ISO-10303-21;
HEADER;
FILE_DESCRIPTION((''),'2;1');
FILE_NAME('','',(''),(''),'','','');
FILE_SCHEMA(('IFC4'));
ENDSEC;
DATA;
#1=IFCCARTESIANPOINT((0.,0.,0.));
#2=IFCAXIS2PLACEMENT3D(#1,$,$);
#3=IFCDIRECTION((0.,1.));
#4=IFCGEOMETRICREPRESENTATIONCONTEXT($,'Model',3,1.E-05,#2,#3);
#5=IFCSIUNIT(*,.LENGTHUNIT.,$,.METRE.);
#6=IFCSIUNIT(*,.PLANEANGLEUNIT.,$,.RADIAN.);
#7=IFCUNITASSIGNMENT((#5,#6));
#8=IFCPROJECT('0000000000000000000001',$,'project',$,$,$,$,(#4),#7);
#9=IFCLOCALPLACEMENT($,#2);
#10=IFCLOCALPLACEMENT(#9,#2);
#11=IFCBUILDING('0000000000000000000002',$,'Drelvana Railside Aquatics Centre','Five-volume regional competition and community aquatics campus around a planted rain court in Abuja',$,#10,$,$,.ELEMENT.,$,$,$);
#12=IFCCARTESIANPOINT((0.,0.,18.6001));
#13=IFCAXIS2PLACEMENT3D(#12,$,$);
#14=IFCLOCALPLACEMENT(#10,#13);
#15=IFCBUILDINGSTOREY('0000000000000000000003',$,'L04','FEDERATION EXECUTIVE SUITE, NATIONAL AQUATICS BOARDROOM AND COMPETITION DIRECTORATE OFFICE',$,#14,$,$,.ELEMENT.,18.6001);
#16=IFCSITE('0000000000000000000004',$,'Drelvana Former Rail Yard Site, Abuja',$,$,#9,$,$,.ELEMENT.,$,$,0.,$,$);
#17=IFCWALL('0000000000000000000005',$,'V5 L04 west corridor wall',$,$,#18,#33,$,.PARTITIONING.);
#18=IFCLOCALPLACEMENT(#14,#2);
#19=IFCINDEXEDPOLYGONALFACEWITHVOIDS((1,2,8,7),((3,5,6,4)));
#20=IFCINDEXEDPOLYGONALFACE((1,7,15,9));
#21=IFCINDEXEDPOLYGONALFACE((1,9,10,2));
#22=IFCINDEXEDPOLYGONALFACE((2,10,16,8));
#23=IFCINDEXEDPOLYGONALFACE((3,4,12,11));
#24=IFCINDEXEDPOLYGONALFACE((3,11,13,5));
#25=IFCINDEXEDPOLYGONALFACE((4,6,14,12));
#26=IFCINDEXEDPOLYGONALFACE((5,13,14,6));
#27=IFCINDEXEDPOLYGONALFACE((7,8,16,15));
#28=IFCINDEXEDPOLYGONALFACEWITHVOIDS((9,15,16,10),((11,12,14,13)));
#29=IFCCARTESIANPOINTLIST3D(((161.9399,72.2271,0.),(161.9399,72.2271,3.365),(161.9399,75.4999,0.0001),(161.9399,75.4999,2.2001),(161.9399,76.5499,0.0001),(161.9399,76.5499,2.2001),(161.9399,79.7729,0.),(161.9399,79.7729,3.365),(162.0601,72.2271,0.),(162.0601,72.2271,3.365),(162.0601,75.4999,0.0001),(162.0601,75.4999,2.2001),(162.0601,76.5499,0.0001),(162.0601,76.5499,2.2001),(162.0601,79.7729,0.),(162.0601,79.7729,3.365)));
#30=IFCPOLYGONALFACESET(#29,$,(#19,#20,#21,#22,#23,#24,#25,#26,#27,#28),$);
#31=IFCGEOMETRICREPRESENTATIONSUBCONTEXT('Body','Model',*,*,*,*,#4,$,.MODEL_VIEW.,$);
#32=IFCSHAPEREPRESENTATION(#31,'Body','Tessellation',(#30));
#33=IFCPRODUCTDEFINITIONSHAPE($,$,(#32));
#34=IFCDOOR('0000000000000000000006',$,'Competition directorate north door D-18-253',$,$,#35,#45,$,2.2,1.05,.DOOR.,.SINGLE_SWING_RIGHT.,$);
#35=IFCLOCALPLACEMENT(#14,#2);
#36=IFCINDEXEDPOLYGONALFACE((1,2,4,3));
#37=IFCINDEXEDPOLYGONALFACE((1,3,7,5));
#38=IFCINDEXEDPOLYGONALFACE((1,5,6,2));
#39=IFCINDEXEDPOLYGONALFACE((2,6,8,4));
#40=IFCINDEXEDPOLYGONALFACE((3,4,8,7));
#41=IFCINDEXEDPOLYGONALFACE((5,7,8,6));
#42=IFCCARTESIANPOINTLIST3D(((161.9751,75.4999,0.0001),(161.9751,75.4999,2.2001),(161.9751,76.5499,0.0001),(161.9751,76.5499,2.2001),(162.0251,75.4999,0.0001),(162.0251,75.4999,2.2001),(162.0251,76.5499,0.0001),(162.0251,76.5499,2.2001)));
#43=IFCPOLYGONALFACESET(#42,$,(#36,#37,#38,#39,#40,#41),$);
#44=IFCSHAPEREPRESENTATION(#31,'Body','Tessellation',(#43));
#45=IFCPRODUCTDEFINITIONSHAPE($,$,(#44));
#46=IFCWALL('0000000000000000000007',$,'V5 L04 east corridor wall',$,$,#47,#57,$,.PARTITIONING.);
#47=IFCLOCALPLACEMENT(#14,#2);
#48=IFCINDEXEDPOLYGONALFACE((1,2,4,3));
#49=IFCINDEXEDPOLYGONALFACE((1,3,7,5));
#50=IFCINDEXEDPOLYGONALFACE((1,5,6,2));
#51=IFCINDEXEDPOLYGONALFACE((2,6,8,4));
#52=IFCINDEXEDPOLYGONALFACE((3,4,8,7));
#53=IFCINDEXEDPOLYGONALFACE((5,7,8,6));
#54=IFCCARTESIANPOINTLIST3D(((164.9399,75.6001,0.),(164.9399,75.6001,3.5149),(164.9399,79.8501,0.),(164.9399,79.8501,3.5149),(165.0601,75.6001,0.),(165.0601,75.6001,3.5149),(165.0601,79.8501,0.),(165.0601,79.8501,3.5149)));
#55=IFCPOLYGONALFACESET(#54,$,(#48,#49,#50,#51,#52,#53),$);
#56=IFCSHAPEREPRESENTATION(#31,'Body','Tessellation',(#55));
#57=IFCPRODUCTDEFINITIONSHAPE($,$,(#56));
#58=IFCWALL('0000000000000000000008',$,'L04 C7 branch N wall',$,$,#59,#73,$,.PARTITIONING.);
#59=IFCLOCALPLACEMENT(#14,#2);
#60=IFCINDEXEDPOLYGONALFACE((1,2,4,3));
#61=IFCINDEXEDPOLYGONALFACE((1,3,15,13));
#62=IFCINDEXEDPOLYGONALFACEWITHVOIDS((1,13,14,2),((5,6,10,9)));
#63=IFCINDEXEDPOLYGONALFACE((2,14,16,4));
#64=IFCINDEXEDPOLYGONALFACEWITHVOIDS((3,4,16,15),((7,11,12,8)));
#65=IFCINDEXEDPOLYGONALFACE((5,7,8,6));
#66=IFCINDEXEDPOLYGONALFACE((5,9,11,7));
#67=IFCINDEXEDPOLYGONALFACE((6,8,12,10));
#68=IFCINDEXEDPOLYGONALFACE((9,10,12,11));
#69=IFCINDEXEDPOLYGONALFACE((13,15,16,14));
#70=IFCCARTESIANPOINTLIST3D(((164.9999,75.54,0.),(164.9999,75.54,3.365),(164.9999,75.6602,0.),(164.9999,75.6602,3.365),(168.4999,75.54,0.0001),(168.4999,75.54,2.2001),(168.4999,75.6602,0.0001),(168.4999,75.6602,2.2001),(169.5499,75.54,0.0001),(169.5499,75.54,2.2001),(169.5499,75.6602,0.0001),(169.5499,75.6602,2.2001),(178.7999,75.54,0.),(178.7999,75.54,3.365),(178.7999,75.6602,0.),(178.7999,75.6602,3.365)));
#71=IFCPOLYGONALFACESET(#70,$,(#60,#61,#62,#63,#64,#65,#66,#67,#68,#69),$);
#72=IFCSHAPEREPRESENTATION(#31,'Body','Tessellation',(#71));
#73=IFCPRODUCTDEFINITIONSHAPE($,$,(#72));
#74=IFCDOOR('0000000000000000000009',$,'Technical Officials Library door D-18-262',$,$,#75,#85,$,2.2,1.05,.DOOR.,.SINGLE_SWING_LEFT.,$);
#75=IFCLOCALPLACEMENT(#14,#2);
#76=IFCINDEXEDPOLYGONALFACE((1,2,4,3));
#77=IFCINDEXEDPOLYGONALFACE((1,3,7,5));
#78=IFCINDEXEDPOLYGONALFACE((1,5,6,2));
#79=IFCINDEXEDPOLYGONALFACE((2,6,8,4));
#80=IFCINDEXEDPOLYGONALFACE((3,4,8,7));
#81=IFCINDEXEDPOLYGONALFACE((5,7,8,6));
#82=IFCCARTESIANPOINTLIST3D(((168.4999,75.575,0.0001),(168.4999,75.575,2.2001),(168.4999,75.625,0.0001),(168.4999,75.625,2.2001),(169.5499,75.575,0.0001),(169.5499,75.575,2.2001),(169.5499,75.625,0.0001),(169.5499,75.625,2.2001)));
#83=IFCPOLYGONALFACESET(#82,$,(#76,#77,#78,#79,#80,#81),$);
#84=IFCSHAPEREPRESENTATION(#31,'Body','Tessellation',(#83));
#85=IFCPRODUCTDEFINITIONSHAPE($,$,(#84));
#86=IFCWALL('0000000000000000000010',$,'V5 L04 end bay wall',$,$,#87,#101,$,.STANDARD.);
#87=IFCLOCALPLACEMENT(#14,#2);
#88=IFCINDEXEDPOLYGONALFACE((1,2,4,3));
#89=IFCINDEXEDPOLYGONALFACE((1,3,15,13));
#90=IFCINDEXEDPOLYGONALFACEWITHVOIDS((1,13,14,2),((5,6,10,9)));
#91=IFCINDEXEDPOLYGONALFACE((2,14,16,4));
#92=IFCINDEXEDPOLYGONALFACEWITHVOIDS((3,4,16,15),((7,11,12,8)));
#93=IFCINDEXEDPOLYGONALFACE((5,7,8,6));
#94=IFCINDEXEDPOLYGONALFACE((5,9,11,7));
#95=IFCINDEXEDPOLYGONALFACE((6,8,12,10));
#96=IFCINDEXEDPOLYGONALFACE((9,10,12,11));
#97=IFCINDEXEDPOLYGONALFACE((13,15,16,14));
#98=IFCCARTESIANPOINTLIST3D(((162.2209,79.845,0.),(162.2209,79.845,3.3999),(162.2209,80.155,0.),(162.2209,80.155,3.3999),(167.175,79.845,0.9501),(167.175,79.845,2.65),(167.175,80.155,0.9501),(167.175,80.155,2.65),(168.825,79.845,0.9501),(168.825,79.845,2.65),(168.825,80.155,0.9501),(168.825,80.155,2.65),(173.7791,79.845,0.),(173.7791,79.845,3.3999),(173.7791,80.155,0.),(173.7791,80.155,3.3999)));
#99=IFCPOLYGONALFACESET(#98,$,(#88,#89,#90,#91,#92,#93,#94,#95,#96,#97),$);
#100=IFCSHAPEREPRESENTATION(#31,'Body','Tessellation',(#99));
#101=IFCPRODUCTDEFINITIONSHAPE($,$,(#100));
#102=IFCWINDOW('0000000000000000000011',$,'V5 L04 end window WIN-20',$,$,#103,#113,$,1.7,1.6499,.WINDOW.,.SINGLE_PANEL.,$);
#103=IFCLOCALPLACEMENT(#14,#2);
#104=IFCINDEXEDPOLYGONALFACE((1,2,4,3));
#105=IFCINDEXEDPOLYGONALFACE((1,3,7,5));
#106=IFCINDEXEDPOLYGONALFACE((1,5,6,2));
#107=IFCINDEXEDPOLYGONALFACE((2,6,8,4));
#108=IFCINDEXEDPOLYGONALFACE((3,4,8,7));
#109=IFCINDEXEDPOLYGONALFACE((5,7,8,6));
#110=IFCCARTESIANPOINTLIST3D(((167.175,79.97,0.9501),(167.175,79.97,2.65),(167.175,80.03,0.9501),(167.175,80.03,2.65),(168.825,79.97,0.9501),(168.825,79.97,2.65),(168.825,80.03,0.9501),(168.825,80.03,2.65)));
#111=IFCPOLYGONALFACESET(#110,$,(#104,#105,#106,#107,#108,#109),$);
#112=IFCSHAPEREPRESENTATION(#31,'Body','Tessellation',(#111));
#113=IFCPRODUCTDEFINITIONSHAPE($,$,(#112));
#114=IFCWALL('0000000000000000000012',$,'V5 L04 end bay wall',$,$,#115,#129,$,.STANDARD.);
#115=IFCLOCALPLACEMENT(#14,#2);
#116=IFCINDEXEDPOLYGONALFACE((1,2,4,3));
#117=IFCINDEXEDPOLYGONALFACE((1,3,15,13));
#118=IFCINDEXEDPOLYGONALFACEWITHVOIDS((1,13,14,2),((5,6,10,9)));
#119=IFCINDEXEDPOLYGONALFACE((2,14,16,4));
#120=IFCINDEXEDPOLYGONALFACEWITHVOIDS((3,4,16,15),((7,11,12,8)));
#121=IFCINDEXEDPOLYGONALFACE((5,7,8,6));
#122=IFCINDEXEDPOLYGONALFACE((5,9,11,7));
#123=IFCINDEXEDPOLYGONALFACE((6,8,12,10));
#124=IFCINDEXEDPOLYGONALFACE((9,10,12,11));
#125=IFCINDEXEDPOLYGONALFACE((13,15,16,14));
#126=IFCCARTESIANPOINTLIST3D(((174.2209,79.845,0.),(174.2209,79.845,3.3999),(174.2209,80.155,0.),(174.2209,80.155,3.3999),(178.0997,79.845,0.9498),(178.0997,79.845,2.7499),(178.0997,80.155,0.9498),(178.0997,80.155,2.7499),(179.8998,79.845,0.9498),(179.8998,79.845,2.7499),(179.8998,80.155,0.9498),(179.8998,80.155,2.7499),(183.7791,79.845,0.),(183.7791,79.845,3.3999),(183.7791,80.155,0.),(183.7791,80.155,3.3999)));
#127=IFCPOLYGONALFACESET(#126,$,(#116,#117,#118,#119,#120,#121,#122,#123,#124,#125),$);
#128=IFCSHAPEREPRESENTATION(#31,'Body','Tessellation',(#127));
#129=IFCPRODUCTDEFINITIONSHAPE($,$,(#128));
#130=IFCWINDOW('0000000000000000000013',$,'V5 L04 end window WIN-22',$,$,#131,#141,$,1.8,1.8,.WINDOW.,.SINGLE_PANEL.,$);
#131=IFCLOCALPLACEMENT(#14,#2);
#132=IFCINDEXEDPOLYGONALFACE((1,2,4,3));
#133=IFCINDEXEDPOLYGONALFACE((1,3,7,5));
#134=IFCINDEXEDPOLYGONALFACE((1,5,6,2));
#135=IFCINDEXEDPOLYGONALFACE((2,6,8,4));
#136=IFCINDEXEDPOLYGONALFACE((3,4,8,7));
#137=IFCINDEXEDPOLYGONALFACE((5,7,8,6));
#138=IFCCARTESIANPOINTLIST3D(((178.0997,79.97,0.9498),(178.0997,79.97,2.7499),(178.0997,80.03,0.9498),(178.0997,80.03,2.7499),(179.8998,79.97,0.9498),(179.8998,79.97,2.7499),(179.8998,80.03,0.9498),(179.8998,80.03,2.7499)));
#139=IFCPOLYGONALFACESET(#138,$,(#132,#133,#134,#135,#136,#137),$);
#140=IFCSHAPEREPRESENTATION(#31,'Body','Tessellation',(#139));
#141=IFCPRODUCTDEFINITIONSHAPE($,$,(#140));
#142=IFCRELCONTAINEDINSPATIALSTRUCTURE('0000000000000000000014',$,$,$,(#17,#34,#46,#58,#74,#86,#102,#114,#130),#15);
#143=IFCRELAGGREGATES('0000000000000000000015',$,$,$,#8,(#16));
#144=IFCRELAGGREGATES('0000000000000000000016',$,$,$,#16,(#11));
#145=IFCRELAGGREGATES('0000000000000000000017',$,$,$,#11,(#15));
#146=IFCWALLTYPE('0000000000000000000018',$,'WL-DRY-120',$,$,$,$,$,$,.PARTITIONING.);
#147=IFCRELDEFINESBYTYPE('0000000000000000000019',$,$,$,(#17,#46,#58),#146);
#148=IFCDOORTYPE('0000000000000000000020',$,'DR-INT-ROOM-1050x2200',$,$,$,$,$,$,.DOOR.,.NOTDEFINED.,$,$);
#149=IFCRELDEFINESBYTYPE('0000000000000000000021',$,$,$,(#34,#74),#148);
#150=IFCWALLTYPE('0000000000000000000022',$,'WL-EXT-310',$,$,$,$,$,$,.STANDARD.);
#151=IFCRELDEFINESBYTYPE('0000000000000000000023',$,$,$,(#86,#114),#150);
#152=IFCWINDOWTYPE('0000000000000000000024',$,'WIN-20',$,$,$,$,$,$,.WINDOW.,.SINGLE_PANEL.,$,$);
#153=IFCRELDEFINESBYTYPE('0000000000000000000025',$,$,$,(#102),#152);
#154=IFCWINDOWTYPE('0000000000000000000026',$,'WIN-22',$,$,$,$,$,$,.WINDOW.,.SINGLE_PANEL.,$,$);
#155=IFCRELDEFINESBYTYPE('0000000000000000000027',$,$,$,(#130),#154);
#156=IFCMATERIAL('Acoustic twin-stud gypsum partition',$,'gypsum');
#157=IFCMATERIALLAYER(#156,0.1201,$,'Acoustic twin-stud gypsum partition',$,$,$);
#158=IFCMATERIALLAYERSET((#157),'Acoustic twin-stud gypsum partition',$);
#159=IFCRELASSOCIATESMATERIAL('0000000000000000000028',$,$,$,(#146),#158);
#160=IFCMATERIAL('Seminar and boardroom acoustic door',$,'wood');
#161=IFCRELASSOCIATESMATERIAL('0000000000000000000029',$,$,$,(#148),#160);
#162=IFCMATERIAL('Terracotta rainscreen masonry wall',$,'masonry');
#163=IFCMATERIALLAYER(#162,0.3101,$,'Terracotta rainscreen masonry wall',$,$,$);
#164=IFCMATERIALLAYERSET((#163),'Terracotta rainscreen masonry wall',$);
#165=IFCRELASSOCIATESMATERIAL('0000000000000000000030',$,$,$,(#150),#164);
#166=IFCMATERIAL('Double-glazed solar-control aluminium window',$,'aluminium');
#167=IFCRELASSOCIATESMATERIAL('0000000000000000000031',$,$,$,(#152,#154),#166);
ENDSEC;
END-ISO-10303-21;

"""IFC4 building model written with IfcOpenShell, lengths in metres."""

from ifc_helpers import new_model, si_unit, direction, frame, frame_2d, origin, place, context, subcontext, project, spatial, rectangle, extrude, material, layer, layer_set, type_object, element, fill, save


model = new_model("IFC4")

# Units and contexts
model_context = context("Model", 3, precision=1e-05, world=origin(), true_north=direction((0.0, 1.0)))
body_context = subcontext(model_context, "Body", "Model", "MODEL_VIEW")
ifc_project = project(units=[si_unit("LENGTHUNIT", "METRE"), si_unit("PLANEANGLEUNIT", "RADIAN")], contexts=[model_context])

# Site, building, storey
site_placement = place(None, origin())
site = spatial("IfcSite", under=ifc_project, at=site_placement, Name="Drelvana Former Rail Yard Site, Abuja", CompositionType="ELEMENT", RefElevation=0.0)
building_placement = place(site_placement, origin())
building = spatial("IfcBuilding", under=site, at=building_placement, Name="Drelvana Railside Aquatics Centre", Description="Five-volume regional competition and community aquatics campus around a planted rain court in Abuja", CompositionType="ELEMENT")
storey_placement = place(building_placement, frame((0.0, 0.0, 18.6001)))
storey = spatial("IfcBuildingStorey", under=building, at=storey_placement, Name="L04", Description="FEDERATION EXECUTIVE SUITE, NATIONAL AQUATICS BOARDROOM AND COMPETITION DIRECTORATE OFFICE", CompositionType="ELEMENT", Elevation=18.6001)

# Wall, opening, door
ifc_material_1 = material(Name="Acoustic twin-stud gypsum partition", Category="gypsum")
ifc_layer_1 = layer(ifc_material_1, 0.1201, Name="Acoustic twin-stud gypsum partition")
ifc_layer_set_1 = layer_set([ifc_layer_1], Name="Acoustic twin-stud gypsum partition")
wall_type_1 = type_object("IfcWallType", Name="WL-DRY-120", PredefinedType="PARTITIONING", material=ifc_layer_set_1)
wall_1_placement = place(storey_placement, frame((162.0, 72.2271, 0.0), z_axis=(0.0, 0.0, 1.0), x_axis=(0.0, 1.0, 0.0)))
wall_1 = element("IfcWall", 1, at=wall_1_placement, inside=storey, type_object=wall_type_1, Name="V5 L04 west corridor wall", PredefinedType="PARTITIONING", context=body_context, shape_type="SweptSolid", body=[
    extrude(rectangle(XDim=7.5459, YDim=0.1201, at=frame_2d((3.7729, 0.0))), origin(), (0.0, 0.0, 1.0), 3.365),
])
opening_1_placement = place(wall_1_placement, frame((3.2729, 0.0, 0.0)))
opening_1 = element("IfcOpeningElement", 2, at=opening_1_placement, cuts=wall_1, PredefinedType="OPENING", context=body_context, shape_type="SweptSolid", body=[
    extrude(rectangle(XDim=1.05, YDim=2.2, at=frame_2d((0.5249, 1.1001))), frame((0.0, 0.0701, 0.0), z_axis=(0.0, -1.0, 0.0), x_axis=(1.0, 0.0, 0.0)), (0.0, 0.0, 1.0), 0.1401),
])
ifc_material_2 = material(Name="Seminar and boardroom acoustic door", Category="wood")
door_type = type_object("IfcDoorType", Name="DR-INT-ROOM-1050x2200", OperationType="NOTDEFINED", PredefinedType="DOOR", material=ifc_material_2)
door_1_placement = place(opening_1_placement, origin())
door_1 = element("IfcDoor", 3, at=door_1_placement, inside=storey, type_object=door_type, Name="Competition directorate north door D-18-253", OperationType="SINGLE_SWING_RIGHT", OverallHeight=2.2, OverallWidth=1.05, PredefinedType="DOOR", context=body_context, shape_type="SweptSolid", body=[
    extrude(rectangle(XDim=1.05, YDim=2.2, at=frame_2d((0.5249, 1.1001))), frame((0.0, 0.0249, 0.0), z_axis=(0.0, -1.0, 0.0), x_axis=(1.0, 0.0, 0.0)), (0.0, 0.0, 1.0), 0.05),
])
fill(opening_1, door_1)

# Wall
wall_2_placement = place(storey_placement, frame((165.0, 75.6001, 0.0), z_axis=(0.0, 0.0, 1.0), x_axis=(0.0, 1.0, 0.0)))
element("IfcWall", 4, at=wall_2_placement, inside=storey, type_object=wall_type_1, Name="V5 L04 east corridor wall", PredefinedType="PARTITIONING", context=body_context, shape_type="SweptSolid", body=[
    extrude(rectangle(XDim=4.25, YDim=0.1201, at=frame_2d((2.125, 0.0))), origin(), (0.0, 0.0, 1.0), 3.5149),
])

# Wall, opening, door
wall_3_placement = place(storey_placement, frame((165.0, 75.6001, 0.0), z_axis=(0.0, 0.0, 1.0), x_axis=(1.0, 0.0, 0.0)))
wall_3 = element("IfcWall", 5, at=wall_3_placement, inside=storey, type_object=wall_type_1, Name="L04 C7 branch N wall", PredefinedType="PARTITIONING", context=body_context, shape_type="SweptSolid", body=[
    extrude(rectangle(XDim=13.8, YDim=0.1201, at=frame_2d((6.8999, 0.0))), origin(), (0.0, 0.0, 1.0), 3.365),
])
opening_2_placement = place(wall_3_placement, frame((3.5, 0.0, 0.0)))
opening_2 = element("IfcOpeningElement", 6, at=opening_2_placement, cuts=wall_3, PredefinedType="OPENING", context=body_context, shape_type="SweptSolid", body=[
    extrude(rectangle(XDim=1.05, YDim=2.2, at=frame_2d((0.5249, 1.1001))), frame((0.0, 0.0701, 0.0), z_axis=(0.0, -1.0, 0.0), x_axis=(1.0, 0.0, 0.0)), (0.0, 0.0, 1.0), 0.1401),
])
door_2_placement = place(opening_2_placement, origin())
door_2 = element("IfcDoor", 7, at=door_2_placement, inside=storey, type_object=door_type, Name="Technical Officials Library door D-18-262", OperationType="SINGLE_SWING_LEFT", OverallHeight=2.2, OverallWidth=1.05, PredefinedType="DOOR", context=body_context, shape_type="SweptSolid", body=[
    extrude(rectangle(XDim=1.05, YDim=2.2, at=frame_2d((0.5249, 1.1001))), frame((0.0, 0.0249, 0.0), z_axis=(0.0, -1.0, 0.0), x_axis=(1.0, 0.0, 0.0)), (0.0, 0.0, 1.0), 0.05),
])
fill(opening_2, door_2)

# Walls, openings, windows
ifc_material_3 = material(Name="Terracotta rainscreen masonry wall", Category="masonry")
ifc_layer_2 = layer(ifc_material_3, 0.3101, Name="Terracotta rainscreen masonry wall")
ifc_layer_set_2 = layer_set([ifc_layer_2], Name="Terracotta rainscreen masonry wall")
wall_type_2 = type_object("IfcWallType", Name="WL-EXT-310", PredefinedType="STANDARD", material=ifc_layer_set_2)
wall_4_placement = place(storey_placement, frame((162.2209, 80.0, 0.0), z_axis=(0.0, 0.0, 1.0), x_axis=(1.0, 0.0, 0.0)))
wall_4 = element("IfcWall", 8, at=wall_4_placement, inside=storey, type_object=wall_type_2, Name="V5 L04 end bay wall", PredefinedType="STANDARD", context=body_context, shape_type="SweptSolid", body=[
    extrude(rectangle(XDim=11.5581, YDim=0.3101, at=frame_2d((5.7791, 0.0))), origin(), (0.0, 0.0, 1.0), 3.3999),
])
opening_3_placement = place(wall_4_placement, frame((4.9541, 0.0, 0.95)))
opening_3 = element("IfcOpeningElement", 9, at=opening_3_placement, cuts=wall_4, PredefinedType="OPENING", context=body_context, shape_type="SweptSolid", body=[
    extrude(rectangle(XDim=1.6499, YDim=1.7, at=frame_2d((0.825, 0.8501))), frame((0.0, 0.165, 0.0), z_axis=(0.0, -1.0, 0.0), x_axis=(1.0, 0.0, 0.0)), (0.0, 0.0, 1.0), 0.3301),
])
ifc_material_4 = material(Name="Double-glazed solar-control aluminium window", Category="aluminium")
window_type_1 = type_object("IfcWindowType", Name="WIN-20", PartitioningType="SINGLE_PANEL", PredefinedType="WINDOW", material=ifc_material_4)
window_1_placement = place(opening_3_placement, origin())
window_1 = element("IfcWindow", 10, at=window_1_placement, inside=storey, type_object=window_type_1, Name="V5 L04 end window WIN-20", OverallHeight=1.7, OverallWidth=1.6499, PartitioningType="SINGLE_PANEL", PredefinedType="WINDOW", context=body_context, shape_type="SweptSolid", body=[
    extrude(rectangle(XDim=1.6499, YDim=1.7, at=frame_2d((0.825, 0.8501))), frame((0.0, 0.03, 0.0), z_axis=(0.0, -1.0, 0.0), x_axis=(1.0, 0.0, 0.0)), (0.0, 0.0, 1.0), 0.0601),
])
fill(opening_3, window_1)
wall_5_placement = place(storey_placement, frame((174.2209, 80.0, 0.0), z_axis=(0.0, 0.0, 1.0), x_axis=(1.0, 0.0, 0.0)))
wall_5 = element("IfcWall", 11, at=wall_5_placement, inside=storey, type_object=wall_type_2, Name="V5 L04 end bay wall", PredefinedType="STANDARD", context=body_context, shape_type="SweptSolid", body=[
    extrude(rectangle(XDim=9.5581, YDim=0.3101, at=frame_2d((4.7791, 0.0))), origin(), (0.0, 0.0, 1.0), 3.3999),
])
opening_4_placement = place(wall_5_placement, frame((3.8789, 0.0, 0.95)))
opening_4 = element("IfcOpeningElement", 12, at=opening_4_placement, cuts=wall_5, PredefinedType="OPENING", context=body_context, shape_type="SweptSolid", body=[
    extrude(rectangle(XDim=1.8, YDim=1.8, at=frame_2d((0.8999, 0.8999))), frame((0.0, 0.165, 0.0), z_axis=(0.0, -1.0, 0.0), x_axis=(1.0, 0.0, 0.0)), (0.0, 0.0, 1.0), 0.3301),
])
window_type_2 = type_object("IfcWindowType", Name="WIN-22", PartitioningType="SINGLE_PANEL", PredefinedType="WINDOW", material=ifc_material_4)
window_2_placement = place(opening_4_placement, origin())
window_2 = element("IfcWindow", 13, at=window_2_placement, inside=storey, type_object=window_type_2, Name="V5 L04 end window WIN-22", OverallHeight=1.8, OverallWidth=1.8, PartitioningType="SINGLE_PANEL", PredefinedType="WINDOW", context=body_context, shape_type="SweptSolid", body=[
    extrude(rectangle(XDim=1.8, YDim=1.8, at=frame_2d((0.8999, 0.8999))), frame((0.0, 0.03, 0.0), z_axis=(0.0, -1.0, 0.0), x_axis=(1.0, 0.0, 0.0)), (0.0, 0.0, 1.0), 0.0601),
])
fill(opening_4, window_2)

save(model, "model.ifc")
